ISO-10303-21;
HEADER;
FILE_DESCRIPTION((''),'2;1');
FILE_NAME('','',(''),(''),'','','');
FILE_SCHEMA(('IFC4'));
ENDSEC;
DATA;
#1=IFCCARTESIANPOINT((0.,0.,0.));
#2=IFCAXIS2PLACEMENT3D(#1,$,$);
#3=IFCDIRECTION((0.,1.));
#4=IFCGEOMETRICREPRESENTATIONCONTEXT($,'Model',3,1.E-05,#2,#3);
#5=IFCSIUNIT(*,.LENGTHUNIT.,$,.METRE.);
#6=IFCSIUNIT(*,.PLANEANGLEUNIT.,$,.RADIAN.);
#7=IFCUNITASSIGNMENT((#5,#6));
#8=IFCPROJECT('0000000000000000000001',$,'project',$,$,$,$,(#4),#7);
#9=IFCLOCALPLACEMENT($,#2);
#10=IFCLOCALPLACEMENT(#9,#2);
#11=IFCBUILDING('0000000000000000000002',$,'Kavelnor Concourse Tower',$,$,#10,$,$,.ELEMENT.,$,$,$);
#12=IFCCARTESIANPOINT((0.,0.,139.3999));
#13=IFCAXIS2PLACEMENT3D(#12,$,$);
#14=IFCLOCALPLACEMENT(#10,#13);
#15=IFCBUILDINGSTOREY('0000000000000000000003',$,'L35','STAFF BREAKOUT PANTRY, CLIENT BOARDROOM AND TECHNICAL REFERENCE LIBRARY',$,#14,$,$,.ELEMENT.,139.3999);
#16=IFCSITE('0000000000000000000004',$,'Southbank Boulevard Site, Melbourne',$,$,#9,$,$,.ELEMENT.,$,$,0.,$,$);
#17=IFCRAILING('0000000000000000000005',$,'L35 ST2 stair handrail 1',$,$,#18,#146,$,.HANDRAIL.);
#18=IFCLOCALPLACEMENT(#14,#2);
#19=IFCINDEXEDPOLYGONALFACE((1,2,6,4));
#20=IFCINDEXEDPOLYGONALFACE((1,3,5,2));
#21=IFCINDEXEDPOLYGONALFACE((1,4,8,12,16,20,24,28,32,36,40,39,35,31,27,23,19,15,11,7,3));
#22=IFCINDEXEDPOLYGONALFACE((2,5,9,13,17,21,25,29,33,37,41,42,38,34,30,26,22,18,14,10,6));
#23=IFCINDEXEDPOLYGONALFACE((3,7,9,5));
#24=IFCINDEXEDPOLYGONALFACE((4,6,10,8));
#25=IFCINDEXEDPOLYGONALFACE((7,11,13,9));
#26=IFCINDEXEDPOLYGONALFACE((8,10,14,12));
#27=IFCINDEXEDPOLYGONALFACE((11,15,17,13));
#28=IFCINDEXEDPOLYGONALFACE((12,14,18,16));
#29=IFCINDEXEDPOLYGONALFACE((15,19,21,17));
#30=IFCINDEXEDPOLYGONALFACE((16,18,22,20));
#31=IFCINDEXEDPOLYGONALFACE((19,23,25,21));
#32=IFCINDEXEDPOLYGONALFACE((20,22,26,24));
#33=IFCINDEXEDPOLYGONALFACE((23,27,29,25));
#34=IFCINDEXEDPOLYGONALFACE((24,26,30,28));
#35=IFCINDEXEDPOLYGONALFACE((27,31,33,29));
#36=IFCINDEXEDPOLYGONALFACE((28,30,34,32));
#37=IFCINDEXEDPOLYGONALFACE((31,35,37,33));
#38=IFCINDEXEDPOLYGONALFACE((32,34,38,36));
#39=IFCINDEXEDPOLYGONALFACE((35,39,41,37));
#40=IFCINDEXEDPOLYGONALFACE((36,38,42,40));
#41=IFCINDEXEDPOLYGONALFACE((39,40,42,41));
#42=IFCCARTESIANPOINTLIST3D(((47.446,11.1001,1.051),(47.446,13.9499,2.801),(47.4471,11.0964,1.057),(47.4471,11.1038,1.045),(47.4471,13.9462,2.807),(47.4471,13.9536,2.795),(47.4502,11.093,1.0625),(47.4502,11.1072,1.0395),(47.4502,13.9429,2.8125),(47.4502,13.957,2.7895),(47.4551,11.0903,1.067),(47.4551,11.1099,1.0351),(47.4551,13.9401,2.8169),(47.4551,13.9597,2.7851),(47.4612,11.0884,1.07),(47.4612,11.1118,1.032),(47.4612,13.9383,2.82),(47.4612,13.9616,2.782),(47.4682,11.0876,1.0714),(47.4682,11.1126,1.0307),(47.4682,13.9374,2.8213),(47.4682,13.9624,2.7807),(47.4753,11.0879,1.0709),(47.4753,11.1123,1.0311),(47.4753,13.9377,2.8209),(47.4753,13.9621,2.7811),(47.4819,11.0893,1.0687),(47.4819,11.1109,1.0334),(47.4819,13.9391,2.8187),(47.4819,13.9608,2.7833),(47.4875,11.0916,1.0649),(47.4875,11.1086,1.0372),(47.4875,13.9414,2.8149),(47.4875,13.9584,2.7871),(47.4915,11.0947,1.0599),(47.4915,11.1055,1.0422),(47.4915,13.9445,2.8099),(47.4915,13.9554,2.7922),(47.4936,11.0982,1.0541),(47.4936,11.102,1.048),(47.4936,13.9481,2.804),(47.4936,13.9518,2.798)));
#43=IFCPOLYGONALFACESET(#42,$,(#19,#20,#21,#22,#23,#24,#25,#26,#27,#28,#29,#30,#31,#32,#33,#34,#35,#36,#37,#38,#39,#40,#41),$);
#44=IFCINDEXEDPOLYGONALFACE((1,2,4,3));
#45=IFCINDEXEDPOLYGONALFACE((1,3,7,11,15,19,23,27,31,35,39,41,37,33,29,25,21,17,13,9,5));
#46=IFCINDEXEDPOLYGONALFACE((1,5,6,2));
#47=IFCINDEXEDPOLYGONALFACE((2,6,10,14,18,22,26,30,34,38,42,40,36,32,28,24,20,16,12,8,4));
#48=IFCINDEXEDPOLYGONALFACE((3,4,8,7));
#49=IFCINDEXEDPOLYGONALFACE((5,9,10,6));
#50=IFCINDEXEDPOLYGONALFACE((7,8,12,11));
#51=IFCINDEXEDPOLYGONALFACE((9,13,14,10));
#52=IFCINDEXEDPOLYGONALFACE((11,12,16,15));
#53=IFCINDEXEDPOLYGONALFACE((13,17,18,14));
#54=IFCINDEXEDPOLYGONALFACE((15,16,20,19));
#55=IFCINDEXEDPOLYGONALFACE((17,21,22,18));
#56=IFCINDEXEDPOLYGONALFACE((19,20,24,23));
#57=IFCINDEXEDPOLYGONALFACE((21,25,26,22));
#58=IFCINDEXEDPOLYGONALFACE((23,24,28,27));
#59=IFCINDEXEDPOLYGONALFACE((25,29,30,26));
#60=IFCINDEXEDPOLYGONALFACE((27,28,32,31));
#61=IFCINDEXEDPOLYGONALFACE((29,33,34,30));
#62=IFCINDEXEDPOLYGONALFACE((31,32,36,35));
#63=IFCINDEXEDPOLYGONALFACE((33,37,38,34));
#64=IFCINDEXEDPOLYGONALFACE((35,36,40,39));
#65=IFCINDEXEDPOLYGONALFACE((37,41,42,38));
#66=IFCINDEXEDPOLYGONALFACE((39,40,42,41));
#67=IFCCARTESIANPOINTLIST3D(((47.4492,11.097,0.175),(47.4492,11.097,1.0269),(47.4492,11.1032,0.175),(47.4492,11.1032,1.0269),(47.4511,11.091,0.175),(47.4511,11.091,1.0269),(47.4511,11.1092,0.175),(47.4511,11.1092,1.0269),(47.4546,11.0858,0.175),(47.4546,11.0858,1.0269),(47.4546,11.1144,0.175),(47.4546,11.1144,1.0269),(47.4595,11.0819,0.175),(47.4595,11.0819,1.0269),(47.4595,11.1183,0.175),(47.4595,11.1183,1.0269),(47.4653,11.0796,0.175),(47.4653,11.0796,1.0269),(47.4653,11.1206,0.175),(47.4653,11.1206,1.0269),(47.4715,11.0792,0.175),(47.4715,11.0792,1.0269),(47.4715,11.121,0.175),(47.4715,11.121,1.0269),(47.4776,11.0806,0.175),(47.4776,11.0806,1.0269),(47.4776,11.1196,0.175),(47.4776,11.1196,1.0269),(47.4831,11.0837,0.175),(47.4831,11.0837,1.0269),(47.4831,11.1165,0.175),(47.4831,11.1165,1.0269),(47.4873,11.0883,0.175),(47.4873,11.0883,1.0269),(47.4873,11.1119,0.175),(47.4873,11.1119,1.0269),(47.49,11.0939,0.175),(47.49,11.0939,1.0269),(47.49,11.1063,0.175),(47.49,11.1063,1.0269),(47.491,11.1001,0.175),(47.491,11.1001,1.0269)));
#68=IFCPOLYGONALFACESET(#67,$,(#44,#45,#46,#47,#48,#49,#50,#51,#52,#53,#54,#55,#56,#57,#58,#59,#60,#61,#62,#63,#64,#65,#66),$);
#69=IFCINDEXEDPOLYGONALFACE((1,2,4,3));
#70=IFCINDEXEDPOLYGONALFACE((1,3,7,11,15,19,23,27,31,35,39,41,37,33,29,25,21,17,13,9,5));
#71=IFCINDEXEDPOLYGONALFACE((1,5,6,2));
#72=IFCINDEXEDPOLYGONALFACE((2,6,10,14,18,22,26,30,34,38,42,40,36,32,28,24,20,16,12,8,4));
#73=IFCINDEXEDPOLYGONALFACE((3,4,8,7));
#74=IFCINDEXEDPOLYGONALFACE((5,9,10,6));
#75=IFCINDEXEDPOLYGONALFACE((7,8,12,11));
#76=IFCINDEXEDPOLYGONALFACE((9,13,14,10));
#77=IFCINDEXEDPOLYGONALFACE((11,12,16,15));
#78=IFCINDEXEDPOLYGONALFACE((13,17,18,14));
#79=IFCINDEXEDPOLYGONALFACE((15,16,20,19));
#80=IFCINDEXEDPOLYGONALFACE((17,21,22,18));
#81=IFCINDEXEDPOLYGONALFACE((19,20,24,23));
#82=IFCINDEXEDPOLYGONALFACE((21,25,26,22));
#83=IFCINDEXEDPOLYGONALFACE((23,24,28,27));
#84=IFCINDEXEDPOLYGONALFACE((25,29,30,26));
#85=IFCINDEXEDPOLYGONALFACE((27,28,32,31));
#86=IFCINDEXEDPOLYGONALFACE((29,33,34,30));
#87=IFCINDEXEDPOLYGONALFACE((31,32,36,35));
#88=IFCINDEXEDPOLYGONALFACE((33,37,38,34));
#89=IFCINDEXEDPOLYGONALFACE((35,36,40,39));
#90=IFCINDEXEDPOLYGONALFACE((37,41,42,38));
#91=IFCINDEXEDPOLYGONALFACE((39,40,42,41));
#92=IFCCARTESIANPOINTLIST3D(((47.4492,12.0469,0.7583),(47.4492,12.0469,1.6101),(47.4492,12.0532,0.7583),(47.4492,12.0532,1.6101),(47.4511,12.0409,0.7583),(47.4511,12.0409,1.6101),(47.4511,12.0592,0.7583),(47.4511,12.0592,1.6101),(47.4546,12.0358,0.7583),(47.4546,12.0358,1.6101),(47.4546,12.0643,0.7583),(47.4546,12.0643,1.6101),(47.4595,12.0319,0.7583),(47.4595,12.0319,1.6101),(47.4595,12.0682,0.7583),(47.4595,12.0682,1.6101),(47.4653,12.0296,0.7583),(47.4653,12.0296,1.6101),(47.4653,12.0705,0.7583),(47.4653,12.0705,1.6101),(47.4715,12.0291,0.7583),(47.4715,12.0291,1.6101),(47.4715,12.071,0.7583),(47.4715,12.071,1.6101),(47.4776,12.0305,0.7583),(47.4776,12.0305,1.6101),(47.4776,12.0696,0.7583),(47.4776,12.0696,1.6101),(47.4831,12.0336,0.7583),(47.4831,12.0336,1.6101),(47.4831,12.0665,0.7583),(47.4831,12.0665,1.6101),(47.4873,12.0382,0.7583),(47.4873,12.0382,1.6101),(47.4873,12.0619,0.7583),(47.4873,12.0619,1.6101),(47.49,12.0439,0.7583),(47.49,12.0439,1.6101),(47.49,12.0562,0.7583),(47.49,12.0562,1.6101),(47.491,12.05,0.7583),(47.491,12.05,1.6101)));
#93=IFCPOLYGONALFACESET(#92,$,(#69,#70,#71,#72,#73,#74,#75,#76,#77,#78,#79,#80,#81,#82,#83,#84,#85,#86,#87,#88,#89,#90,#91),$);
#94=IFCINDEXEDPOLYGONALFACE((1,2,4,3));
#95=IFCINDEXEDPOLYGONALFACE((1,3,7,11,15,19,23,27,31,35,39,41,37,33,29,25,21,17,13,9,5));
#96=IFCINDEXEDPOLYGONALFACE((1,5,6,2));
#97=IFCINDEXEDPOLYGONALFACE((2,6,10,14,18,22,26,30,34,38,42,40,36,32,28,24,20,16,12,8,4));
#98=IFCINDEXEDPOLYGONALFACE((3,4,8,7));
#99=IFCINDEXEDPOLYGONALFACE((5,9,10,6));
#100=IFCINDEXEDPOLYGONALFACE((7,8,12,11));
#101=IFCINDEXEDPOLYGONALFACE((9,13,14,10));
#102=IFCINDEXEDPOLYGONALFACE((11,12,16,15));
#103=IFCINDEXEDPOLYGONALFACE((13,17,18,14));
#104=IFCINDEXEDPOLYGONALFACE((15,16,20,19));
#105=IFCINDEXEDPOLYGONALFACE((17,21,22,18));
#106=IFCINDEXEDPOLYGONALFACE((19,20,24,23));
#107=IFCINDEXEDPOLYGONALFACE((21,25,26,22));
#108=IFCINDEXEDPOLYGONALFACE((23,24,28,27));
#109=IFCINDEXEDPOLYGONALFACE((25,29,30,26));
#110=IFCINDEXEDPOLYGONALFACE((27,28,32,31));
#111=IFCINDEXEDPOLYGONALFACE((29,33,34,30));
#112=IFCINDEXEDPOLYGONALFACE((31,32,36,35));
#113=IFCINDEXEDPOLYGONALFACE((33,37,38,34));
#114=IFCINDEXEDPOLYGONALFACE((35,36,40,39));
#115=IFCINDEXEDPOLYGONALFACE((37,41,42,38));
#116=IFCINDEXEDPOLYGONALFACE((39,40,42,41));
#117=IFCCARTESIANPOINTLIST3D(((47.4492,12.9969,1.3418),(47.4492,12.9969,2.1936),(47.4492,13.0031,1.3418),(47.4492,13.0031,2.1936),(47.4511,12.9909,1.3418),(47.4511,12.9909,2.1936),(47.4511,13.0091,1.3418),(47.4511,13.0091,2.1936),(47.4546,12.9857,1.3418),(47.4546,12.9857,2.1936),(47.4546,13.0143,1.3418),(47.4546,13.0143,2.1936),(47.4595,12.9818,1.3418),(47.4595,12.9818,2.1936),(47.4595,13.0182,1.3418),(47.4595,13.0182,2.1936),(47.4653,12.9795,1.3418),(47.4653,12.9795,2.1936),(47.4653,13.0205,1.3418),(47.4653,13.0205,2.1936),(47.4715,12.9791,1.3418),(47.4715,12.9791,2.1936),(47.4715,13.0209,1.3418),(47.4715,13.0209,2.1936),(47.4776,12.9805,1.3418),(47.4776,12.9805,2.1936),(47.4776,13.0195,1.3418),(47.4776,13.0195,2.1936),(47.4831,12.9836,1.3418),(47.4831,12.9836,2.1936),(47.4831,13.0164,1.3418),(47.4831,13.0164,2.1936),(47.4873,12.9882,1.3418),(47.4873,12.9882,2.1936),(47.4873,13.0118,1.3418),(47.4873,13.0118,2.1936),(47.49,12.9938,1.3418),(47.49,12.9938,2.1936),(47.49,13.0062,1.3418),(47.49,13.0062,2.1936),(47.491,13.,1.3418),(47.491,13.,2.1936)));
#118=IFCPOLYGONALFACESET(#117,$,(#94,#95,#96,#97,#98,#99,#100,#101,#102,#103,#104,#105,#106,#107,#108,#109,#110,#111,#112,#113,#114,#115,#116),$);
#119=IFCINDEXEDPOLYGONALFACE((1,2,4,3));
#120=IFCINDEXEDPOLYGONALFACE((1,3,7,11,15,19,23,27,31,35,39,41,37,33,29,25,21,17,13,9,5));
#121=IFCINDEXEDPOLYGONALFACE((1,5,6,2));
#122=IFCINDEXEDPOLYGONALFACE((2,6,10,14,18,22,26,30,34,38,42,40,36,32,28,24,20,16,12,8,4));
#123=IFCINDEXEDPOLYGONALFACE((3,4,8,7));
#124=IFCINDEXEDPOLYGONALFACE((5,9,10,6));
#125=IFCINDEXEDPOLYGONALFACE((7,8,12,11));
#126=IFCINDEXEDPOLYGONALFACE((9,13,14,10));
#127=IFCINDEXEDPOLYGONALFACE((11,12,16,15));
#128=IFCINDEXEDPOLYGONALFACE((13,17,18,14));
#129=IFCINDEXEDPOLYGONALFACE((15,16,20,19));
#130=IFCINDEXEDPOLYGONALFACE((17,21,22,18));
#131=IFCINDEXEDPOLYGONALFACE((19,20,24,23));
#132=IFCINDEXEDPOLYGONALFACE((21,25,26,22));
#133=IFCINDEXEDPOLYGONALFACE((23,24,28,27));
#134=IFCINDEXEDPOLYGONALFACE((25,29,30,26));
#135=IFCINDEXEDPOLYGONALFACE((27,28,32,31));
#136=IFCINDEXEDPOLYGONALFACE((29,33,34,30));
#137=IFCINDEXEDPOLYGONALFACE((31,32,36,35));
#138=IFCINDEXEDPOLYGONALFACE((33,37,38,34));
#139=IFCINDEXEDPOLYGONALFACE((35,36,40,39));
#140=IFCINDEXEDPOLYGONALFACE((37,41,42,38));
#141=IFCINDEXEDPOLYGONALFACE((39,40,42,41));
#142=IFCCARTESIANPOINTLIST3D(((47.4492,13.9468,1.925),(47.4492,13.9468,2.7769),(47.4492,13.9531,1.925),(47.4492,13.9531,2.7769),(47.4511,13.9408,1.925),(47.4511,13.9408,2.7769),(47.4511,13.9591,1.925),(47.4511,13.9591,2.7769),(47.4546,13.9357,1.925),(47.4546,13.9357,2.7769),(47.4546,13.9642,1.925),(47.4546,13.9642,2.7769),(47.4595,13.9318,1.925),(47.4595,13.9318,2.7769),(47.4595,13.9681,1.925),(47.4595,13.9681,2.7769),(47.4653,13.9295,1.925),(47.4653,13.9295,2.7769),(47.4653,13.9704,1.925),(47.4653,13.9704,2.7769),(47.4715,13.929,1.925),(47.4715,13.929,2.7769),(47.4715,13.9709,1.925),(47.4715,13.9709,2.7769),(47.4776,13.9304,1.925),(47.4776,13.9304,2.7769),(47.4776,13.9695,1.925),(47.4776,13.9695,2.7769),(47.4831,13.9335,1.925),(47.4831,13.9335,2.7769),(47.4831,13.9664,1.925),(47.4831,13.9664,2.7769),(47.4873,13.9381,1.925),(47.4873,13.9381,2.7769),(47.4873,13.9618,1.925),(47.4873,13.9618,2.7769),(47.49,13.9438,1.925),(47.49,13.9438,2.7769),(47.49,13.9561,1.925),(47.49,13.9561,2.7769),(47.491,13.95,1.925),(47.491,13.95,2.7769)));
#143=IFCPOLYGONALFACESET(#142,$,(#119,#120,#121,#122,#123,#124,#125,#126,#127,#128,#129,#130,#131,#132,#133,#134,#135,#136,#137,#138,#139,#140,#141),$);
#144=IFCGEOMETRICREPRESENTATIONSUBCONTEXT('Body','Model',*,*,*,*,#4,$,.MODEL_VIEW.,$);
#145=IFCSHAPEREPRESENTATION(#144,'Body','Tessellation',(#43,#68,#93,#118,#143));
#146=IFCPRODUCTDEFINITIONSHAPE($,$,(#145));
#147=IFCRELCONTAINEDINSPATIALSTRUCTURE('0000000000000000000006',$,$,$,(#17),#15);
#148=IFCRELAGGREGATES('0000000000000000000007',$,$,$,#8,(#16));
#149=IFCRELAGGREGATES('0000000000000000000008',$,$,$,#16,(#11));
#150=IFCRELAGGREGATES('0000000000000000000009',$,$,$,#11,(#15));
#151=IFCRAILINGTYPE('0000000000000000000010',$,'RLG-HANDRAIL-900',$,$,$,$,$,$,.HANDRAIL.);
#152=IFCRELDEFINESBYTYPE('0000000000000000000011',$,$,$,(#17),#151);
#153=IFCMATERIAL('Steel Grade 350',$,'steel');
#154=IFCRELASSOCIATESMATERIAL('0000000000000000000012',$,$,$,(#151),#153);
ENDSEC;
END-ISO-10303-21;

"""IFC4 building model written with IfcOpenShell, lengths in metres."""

from ifc_helpers import new_model, si_unit, direction, frame, origin, origin_2d, place, context, subcontext, project, spatial, circle, extrude, material, type_object, element, save


model = new_model("IFC4")

# Units and contexts
model_context = context("Model", 3, precision=1e-05, world=origin(), true_north=direction((0.0, 1.0)))
body_context = subcontext(model_context, "Body", "Model", "MODEL_VIEW")
ifc_project = project(units=[si_unit("LENGTHUNIT", "METRE"), si_unit("PLANEANGLEUNIT", "RADIAN")], contexts=[model_context])

# Site, building, storey
site_placement = place(None, origin())
site = spatial("IfcSite", under=ifc_project, at=site_placement, Name="Southbank Boulevard Site, Melbourne", CompositionType="ELEMENT", RefElevation=0.0)
building_placement = place(site_placement, origin())
building = spatial("IfcBuilding", under=site, at=building_placement, Name="Kavelnor Concourse Tower", CompositionType="ELEMENT")
storey_placement = place(building_placement, frame((0.0, 0.0, 139.3999)))
storey = spatial("IfcBuildingStorey", under=building, at=storey_placement, Name="L35", Description="STAFF BREAKOUT PANTRY, CLIENT BOARDROOM AND TECHNICAL REFERENCE LIBRARY", CompositionType="ELEMENT", Elevation=139.3999)

# Shared definitions
ifc_material_1 = material(Name="Steel Grade 350", Category="steel")

# Railing
railing_type = type_object("IfcRailingType", Name="RLG-HANDRAIL-900", PredefinedType="HANDRAIL", material=ifc_material_1)
railing_placement = place(storey_placement, frame((47.47, 11.1001, 0.175)))
element("IfcRailing", 1, at=railing_placement, inside=storey, type_object=railing_type, Name="L35 ST2 stair handrail 1", PredefinedType="HANDRAIL", context=body_context, shape_type="SweptSolid", body=[
    extrude(circle(Radius=0.0239, at=origin_2d()), frame((0.0, 0.0, 0.876), z_axis=(0.0, 0.852159, 0.523283), x_axis=(-1.0, 0.0, 0.0)), (0.0, 0.0, 1.0), 3.3442),
    extrude(circle(Radius=0.021, at=origin_2d()), origin(), (0.0, 0.0, 1.0), 0.8518),
    extrude(circle(Radius=0.021, at=origin_2d()), frame((0.0, 0.95, 0.5833)), (0.0, 0.0, 1.0), 0.8518),
    extrude(circle(Radius=0.021, at=origin_2d()), frame((0.0, 1.8999, 1.1667)), (0.0, 0.0, 1.0), 0.8518),
    extrude(circle(Radius=0.021, at=origin_2d()), frame((0.0, 2.8499, 1.75)), (0.0, 0.0, 1.0), 0.8518),
])

save(model, "model.ifc")
